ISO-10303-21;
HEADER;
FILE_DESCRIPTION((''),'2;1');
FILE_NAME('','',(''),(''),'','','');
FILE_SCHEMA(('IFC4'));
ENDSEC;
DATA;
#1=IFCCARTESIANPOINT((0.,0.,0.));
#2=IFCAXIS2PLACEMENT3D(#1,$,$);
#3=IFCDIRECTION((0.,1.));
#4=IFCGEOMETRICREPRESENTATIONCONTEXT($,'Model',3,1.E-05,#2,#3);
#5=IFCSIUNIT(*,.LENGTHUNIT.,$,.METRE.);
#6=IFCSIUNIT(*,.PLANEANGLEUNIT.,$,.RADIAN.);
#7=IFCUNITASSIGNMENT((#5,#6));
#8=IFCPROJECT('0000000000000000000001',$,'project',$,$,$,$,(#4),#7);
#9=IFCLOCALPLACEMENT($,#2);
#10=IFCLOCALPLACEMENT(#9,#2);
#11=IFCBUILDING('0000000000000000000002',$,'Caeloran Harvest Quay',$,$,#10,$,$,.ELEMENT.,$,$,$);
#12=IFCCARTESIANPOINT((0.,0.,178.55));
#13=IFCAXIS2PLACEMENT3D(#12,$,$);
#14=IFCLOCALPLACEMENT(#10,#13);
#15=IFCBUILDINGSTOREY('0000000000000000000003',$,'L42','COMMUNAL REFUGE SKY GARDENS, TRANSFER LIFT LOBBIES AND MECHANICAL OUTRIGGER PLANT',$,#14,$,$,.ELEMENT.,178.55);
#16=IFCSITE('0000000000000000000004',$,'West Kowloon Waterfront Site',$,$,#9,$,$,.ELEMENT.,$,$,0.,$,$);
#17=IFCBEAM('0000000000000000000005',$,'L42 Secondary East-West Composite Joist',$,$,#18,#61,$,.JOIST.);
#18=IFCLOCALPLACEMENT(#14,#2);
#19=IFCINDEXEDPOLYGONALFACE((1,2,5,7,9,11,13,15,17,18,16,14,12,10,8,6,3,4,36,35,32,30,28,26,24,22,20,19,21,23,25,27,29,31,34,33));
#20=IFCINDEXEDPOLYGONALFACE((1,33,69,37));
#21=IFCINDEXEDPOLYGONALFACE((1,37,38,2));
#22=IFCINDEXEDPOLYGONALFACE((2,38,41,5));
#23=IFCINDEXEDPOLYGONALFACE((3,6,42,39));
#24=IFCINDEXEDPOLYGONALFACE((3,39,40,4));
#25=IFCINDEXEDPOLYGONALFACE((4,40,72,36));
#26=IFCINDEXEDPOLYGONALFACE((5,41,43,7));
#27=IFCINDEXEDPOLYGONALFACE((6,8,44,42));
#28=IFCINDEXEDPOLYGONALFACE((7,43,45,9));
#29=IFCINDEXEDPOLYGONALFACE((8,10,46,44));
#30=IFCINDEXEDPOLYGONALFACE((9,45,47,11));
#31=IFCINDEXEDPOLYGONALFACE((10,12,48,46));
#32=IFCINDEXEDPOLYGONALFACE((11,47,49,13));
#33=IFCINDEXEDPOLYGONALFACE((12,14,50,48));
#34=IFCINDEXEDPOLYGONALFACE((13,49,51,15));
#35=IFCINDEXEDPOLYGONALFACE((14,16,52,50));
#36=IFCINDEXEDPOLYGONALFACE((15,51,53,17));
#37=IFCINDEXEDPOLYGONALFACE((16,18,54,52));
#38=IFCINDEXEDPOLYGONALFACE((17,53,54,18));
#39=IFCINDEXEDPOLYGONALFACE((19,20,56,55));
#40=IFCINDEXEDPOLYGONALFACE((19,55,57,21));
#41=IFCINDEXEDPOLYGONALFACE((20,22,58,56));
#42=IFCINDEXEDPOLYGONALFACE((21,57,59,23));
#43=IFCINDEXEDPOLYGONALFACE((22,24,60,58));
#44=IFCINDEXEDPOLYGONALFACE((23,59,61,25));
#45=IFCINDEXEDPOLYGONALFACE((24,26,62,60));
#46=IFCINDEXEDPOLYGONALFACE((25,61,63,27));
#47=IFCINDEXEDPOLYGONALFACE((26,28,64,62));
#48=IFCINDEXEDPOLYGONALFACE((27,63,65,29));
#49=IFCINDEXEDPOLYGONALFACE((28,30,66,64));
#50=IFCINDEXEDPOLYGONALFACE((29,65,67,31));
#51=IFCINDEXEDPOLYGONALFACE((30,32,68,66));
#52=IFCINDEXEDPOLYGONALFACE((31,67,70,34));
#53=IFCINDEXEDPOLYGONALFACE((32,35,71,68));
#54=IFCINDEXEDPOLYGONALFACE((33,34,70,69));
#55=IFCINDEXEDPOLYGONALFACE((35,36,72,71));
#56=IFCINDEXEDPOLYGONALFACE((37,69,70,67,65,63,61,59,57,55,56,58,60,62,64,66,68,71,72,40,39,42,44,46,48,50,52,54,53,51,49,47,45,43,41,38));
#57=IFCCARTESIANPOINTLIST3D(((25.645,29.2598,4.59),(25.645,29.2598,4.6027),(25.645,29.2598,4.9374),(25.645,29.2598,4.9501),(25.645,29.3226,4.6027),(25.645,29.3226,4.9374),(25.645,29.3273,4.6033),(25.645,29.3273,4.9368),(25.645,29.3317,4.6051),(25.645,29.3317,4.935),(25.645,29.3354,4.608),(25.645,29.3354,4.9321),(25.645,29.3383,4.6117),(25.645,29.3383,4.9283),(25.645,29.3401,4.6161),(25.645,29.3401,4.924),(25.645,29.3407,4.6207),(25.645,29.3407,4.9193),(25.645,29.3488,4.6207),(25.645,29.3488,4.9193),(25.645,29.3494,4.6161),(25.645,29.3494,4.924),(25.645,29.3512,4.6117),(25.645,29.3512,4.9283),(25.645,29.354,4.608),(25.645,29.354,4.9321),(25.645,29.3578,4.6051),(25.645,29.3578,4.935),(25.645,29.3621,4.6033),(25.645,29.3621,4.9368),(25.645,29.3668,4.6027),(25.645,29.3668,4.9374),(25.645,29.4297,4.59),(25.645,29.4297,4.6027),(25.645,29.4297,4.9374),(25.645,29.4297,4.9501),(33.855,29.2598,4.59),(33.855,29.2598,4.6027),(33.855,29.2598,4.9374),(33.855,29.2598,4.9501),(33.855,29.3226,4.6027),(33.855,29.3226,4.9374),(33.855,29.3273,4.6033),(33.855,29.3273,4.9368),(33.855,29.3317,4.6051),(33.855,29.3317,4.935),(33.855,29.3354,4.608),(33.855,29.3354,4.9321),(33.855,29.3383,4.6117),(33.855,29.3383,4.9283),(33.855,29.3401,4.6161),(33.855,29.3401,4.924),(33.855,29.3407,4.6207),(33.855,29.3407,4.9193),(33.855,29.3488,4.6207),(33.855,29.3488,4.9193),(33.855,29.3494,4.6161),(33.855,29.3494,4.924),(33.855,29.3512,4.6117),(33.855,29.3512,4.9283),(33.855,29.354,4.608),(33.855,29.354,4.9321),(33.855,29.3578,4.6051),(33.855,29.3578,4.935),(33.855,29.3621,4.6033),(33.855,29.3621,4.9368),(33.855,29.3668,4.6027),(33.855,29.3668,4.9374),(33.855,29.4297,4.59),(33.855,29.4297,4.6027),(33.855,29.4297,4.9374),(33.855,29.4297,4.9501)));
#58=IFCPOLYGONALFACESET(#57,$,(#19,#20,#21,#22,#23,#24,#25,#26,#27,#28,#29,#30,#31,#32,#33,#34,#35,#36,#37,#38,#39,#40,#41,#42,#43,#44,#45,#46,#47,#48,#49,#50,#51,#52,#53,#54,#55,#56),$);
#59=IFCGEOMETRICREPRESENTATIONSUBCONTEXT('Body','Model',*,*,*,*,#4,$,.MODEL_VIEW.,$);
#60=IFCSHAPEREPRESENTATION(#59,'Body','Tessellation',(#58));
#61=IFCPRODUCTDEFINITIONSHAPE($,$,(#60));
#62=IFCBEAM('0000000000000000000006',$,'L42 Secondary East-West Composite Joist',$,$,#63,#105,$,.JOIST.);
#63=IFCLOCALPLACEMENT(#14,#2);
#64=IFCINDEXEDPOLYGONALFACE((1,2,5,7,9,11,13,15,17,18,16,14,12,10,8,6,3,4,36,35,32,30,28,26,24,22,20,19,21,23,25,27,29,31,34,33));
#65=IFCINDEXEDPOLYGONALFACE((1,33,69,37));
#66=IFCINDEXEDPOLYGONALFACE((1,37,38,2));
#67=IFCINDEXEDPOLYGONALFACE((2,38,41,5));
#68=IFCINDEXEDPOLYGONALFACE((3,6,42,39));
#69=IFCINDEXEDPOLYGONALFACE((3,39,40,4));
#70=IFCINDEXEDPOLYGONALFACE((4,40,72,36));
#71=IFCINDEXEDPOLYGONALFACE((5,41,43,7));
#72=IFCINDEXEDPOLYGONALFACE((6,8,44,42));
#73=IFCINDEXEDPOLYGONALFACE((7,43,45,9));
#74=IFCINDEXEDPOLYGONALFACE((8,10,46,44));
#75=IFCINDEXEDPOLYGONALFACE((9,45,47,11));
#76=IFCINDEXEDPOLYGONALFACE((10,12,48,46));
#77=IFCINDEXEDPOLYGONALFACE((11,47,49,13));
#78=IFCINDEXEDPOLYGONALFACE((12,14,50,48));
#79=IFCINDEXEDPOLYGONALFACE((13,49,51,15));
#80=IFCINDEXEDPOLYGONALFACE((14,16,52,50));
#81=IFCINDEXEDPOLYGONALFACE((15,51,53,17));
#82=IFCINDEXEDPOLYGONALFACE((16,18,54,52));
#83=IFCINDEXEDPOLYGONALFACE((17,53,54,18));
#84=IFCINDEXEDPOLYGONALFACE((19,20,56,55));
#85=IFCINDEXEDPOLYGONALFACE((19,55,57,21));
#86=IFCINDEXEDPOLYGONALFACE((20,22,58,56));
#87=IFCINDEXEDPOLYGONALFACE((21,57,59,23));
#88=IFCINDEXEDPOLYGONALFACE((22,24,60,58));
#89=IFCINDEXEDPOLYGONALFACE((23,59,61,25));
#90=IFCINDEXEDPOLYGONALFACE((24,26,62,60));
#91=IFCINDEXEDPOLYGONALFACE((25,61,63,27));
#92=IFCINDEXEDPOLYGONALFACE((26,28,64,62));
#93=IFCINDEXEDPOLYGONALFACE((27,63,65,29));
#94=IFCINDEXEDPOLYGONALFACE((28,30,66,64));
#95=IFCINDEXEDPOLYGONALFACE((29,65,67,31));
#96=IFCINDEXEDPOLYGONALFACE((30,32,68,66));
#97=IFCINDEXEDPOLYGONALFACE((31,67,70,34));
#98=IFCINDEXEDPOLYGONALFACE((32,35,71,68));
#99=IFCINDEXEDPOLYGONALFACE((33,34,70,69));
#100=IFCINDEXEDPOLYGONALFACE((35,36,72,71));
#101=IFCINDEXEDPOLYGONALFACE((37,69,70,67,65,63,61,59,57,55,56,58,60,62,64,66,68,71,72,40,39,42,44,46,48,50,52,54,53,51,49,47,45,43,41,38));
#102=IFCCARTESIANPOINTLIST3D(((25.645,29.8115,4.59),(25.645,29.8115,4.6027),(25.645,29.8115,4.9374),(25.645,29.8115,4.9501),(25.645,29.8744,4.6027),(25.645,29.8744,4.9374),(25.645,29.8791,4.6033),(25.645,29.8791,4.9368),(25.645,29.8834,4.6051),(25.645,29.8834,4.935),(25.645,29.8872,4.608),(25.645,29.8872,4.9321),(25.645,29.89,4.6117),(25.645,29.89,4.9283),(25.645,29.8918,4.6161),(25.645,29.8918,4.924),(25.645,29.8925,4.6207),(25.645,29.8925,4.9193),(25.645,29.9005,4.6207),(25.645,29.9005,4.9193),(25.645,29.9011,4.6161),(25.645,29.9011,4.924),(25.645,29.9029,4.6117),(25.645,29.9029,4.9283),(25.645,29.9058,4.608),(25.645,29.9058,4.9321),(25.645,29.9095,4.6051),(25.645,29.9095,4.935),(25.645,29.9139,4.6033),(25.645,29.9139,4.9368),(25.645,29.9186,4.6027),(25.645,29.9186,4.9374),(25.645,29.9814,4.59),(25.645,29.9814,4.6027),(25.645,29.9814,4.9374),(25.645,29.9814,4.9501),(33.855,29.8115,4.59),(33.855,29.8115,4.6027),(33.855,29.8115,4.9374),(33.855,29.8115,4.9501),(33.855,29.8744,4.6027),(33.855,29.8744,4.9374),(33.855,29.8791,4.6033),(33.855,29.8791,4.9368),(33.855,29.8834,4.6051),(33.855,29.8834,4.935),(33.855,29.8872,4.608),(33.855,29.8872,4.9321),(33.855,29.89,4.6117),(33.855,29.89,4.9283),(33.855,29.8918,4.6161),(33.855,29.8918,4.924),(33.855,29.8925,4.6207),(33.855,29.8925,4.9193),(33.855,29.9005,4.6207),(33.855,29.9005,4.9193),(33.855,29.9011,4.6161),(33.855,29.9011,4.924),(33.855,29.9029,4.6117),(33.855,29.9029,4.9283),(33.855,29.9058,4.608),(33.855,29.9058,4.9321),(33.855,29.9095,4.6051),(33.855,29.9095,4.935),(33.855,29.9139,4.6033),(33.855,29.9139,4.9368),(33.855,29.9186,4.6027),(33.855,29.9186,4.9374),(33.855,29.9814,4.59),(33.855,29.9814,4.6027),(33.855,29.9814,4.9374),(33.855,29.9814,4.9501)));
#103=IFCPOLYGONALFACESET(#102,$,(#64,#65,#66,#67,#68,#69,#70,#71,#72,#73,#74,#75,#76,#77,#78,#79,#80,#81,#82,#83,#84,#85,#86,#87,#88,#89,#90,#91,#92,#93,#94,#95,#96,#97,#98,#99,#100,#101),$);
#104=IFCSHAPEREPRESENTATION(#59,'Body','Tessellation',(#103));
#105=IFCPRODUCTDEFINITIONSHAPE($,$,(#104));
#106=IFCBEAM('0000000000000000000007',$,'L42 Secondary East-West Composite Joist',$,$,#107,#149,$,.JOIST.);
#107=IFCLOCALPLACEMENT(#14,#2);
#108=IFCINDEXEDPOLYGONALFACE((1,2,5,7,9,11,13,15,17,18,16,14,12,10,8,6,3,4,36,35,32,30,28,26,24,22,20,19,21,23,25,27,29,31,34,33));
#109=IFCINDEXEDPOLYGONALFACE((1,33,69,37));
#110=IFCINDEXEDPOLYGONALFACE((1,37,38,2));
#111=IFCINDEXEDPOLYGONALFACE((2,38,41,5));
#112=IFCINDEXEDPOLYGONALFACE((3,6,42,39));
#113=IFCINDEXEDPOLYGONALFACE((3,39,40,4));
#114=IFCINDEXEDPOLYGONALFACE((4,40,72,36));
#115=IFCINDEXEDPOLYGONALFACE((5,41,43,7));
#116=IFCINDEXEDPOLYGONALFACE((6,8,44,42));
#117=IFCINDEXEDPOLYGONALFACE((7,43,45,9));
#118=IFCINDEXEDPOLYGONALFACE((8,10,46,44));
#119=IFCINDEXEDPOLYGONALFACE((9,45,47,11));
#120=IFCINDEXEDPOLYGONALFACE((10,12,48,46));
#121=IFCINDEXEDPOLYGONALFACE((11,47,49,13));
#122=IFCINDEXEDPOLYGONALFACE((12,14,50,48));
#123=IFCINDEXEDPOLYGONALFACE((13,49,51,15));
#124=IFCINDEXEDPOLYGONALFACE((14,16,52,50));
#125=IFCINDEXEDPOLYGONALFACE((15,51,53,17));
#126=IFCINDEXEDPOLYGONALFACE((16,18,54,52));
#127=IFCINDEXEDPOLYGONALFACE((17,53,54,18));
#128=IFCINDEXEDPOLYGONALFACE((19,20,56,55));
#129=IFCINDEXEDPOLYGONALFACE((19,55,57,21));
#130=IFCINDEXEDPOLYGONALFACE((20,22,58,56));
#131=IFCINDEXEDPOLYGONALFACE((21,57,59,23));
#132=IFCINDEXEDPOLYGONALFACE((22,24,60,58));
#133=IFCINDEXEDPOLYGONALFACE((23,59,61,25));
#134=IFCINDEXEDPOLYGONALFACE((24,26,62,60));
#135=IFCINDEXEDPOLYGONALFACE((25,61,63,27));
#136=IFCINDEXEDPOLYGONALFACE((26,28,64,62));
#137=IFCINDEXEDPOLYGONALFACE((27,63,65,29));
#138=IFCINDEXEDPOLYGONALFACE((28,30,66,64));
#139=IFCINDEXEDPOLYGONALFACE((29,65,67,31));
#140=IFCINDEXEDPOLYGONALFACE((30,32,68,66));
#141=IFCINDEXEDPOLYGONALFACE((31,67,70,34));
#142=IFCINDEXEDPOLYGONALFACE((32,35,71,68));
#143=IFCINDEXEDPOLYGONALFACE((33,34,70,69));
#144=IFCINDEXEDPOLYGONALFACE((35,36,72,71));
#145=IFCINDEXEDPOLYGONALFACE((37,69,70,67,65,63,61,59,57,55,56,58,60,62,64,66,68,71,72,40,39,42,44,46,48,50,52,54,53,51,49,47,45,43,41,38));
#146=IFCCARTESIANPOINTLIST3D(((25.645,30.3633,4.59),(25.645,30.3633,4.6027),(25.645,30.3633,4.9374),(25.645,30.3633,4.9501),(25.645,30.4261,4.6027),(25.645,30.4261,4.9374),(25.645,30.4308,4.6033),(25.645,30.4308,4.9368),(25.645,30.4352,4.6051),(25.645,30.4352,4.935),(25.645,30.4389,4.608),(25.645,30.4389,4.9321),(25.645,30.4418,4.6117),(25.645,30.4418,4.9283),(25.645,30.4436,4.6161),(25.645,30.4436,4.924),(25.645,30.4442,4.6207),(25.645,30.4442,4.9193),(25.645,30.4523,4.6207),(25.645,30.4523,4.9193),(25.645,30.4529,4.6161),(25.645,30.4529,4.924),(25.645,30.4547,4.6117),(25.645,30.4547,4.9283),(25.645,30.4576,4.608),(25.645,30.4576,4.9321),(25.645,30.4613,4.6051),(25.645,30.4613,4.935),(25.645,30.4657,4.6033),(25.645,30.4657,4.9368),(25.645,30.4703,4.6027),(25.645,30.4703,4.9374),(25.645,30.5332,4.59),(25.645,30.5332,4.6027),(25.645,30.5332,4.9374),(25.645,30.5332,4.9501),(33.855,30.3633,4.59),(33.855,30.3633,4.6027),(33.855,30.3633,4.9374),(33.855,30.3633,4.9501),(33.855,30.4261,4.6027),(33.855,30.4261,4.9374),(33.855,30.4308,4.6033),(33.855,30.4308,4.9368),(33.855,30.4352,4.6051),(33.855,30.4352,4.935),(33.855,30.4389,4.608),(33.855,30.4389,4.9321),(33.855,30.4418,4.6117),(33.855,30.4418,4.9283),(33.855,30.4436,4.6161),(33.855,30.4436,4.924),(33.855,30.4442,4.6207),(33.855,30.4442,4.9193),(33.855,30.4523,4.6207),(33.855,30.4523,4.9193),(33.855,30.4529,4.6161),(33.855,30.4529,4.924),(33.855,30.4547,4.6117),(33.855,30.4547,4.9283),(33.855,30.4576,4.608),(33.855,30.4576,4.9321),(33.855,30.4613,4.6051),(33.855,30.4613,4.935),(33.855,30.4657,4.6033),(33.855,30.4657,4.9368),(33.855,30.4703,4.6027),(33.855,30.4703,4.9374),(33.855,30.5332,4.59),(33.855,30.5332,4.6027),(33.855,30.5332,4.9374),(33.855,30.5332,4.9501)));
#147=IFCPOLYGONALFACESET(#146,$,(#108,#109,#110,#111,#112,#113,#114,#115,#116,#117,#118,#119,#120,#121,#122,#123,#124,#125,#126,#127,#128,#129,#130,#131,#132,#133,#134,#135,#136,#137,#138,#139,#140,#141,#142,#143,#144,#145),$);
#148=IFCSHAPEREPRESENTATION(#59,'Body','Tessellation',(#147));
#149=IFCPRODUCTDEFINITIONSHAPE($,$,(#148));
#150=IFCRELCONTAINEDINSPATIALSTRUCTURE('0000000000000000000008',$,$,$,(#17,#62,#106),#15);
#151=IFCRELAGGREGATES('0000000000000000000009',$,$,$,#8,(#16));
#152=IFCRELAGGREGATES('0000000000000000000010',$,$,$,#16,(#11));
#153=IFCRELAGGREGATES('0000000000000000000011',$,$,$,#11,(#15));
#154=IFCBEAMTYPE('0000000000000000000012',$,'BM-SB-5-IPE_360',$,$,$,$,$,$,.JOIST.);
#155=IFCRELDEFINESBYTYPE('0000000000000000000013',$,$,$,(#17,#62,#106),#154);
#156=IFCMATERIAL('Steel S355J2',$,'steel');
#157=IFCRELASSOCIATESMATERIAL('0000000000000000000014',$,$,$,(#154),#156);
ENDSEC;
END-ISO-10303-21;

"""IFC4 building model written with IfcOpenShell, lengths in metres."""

from ifc_helpers import new_model, si_unit, direction, frame, origin, origin_2d, place, context, subcontext, project, spatial, i_section, extrude, material, material_profile, profile_set, type_object, element, save


model = new_model("IFC4")

# Units and contexts
model_context = context("Model", 3, precision=1e-05, world=origin(), true_north=direction((0.0, 1.0)))
body_context = subcontext(model_context, "Body", "Model", "MODEL_VIEW")
ifc_project = project(units=[si_unit("LENGTHUNIT", "METRE"), si_unit("PLANEANGLEUNIT", "RADIAN")], contexts=[model_context])

# Site, building, storey
site_placement = place(None, origin())
site = spatial("IfcSite", under=ifc_project, at=site_placement, Name="West Kowloon Waterfront Site", CompositionType="ELEMENT", RefElevation=0.0)
building_placement = place(site_placement, origin())
building = spatial("IfcBuilding", under=site, at=building_placement, Name="Caeloran Harvest Quay", CompositionType="ELEMENT")
storey_placement = place(building_placement, frame((0.0, 0.0, 178.55)))
storey = spatial("IfcBuildingStorey", under=building, at=storey_placement, Name="L42", Description="COMMUNAL REFUGE SKY GARDENS, TRANSFER LIFT LOBBIES AND MECHANICAL OUTRIGGER PLANT", CompositionType="ELEMENT", Elevation=178.55)

# Beams
ifc_material_1 = material(Name="Steel S355J2", Category="steel")
ifc_material_profile_1 = material_profile(ifc_material_1, i_section(OverallWidth=0.1699, OverallDepth=0.3601, WebThickness=0.0081, FlangeThickness=0.0127, FilletRadius=0.0181, at=origin_2d()), Name="IPE 360")
ifc_profile_set_1 = profile_set([ifc_material_profile_1], Name="Steel S355J2")
beam_type_1 = type_object("IfcBeamType", Name="BM-SB-5-IPE_360", PredefinedType="JOIST", material=ifc_profile_set_1)
for number, where, z_axis, x_axis, name in (
    (1, (25.645, 29.3447, 4.77), (1.0, 0.0, 0.0), (0.0, 1.0, 0.0), "L42 Secondary East-West Composite Joist"),
    (2, (25.645, 29.8965, 4.77), (1.0, 0.0, 0.0), (0.0, 1.0, 0.0), "L42 Secondary East-West Composite Joist"),
    (3, (25.645, 30.4482, 4.77), (1.0, 0.0, 0.0), (0.0, 1.0, 0.0), "L42 Secondary East-West Composite Joist"),
):
    element("IfcBeam", number, at=place(storey_placement, frame(where, z_axis=z_axis, x_axis=x_axis)), inside=storey, type_object=beam_type_1, Name=name, PredefinedType="JOIST", context=body_context, shape_type="SweptSolid", body=[
        extrude(i_section(OverallWidth=0.1699, OverallDepth=0.3601, WebThickness=0.0081, FlangeThickness=0.0127, FilletRadius=0.0181, at=origin_2d()), origin(), (0.0, 0.0, 1.0), 8.21),
    ])

save(model, "model.ifc")
